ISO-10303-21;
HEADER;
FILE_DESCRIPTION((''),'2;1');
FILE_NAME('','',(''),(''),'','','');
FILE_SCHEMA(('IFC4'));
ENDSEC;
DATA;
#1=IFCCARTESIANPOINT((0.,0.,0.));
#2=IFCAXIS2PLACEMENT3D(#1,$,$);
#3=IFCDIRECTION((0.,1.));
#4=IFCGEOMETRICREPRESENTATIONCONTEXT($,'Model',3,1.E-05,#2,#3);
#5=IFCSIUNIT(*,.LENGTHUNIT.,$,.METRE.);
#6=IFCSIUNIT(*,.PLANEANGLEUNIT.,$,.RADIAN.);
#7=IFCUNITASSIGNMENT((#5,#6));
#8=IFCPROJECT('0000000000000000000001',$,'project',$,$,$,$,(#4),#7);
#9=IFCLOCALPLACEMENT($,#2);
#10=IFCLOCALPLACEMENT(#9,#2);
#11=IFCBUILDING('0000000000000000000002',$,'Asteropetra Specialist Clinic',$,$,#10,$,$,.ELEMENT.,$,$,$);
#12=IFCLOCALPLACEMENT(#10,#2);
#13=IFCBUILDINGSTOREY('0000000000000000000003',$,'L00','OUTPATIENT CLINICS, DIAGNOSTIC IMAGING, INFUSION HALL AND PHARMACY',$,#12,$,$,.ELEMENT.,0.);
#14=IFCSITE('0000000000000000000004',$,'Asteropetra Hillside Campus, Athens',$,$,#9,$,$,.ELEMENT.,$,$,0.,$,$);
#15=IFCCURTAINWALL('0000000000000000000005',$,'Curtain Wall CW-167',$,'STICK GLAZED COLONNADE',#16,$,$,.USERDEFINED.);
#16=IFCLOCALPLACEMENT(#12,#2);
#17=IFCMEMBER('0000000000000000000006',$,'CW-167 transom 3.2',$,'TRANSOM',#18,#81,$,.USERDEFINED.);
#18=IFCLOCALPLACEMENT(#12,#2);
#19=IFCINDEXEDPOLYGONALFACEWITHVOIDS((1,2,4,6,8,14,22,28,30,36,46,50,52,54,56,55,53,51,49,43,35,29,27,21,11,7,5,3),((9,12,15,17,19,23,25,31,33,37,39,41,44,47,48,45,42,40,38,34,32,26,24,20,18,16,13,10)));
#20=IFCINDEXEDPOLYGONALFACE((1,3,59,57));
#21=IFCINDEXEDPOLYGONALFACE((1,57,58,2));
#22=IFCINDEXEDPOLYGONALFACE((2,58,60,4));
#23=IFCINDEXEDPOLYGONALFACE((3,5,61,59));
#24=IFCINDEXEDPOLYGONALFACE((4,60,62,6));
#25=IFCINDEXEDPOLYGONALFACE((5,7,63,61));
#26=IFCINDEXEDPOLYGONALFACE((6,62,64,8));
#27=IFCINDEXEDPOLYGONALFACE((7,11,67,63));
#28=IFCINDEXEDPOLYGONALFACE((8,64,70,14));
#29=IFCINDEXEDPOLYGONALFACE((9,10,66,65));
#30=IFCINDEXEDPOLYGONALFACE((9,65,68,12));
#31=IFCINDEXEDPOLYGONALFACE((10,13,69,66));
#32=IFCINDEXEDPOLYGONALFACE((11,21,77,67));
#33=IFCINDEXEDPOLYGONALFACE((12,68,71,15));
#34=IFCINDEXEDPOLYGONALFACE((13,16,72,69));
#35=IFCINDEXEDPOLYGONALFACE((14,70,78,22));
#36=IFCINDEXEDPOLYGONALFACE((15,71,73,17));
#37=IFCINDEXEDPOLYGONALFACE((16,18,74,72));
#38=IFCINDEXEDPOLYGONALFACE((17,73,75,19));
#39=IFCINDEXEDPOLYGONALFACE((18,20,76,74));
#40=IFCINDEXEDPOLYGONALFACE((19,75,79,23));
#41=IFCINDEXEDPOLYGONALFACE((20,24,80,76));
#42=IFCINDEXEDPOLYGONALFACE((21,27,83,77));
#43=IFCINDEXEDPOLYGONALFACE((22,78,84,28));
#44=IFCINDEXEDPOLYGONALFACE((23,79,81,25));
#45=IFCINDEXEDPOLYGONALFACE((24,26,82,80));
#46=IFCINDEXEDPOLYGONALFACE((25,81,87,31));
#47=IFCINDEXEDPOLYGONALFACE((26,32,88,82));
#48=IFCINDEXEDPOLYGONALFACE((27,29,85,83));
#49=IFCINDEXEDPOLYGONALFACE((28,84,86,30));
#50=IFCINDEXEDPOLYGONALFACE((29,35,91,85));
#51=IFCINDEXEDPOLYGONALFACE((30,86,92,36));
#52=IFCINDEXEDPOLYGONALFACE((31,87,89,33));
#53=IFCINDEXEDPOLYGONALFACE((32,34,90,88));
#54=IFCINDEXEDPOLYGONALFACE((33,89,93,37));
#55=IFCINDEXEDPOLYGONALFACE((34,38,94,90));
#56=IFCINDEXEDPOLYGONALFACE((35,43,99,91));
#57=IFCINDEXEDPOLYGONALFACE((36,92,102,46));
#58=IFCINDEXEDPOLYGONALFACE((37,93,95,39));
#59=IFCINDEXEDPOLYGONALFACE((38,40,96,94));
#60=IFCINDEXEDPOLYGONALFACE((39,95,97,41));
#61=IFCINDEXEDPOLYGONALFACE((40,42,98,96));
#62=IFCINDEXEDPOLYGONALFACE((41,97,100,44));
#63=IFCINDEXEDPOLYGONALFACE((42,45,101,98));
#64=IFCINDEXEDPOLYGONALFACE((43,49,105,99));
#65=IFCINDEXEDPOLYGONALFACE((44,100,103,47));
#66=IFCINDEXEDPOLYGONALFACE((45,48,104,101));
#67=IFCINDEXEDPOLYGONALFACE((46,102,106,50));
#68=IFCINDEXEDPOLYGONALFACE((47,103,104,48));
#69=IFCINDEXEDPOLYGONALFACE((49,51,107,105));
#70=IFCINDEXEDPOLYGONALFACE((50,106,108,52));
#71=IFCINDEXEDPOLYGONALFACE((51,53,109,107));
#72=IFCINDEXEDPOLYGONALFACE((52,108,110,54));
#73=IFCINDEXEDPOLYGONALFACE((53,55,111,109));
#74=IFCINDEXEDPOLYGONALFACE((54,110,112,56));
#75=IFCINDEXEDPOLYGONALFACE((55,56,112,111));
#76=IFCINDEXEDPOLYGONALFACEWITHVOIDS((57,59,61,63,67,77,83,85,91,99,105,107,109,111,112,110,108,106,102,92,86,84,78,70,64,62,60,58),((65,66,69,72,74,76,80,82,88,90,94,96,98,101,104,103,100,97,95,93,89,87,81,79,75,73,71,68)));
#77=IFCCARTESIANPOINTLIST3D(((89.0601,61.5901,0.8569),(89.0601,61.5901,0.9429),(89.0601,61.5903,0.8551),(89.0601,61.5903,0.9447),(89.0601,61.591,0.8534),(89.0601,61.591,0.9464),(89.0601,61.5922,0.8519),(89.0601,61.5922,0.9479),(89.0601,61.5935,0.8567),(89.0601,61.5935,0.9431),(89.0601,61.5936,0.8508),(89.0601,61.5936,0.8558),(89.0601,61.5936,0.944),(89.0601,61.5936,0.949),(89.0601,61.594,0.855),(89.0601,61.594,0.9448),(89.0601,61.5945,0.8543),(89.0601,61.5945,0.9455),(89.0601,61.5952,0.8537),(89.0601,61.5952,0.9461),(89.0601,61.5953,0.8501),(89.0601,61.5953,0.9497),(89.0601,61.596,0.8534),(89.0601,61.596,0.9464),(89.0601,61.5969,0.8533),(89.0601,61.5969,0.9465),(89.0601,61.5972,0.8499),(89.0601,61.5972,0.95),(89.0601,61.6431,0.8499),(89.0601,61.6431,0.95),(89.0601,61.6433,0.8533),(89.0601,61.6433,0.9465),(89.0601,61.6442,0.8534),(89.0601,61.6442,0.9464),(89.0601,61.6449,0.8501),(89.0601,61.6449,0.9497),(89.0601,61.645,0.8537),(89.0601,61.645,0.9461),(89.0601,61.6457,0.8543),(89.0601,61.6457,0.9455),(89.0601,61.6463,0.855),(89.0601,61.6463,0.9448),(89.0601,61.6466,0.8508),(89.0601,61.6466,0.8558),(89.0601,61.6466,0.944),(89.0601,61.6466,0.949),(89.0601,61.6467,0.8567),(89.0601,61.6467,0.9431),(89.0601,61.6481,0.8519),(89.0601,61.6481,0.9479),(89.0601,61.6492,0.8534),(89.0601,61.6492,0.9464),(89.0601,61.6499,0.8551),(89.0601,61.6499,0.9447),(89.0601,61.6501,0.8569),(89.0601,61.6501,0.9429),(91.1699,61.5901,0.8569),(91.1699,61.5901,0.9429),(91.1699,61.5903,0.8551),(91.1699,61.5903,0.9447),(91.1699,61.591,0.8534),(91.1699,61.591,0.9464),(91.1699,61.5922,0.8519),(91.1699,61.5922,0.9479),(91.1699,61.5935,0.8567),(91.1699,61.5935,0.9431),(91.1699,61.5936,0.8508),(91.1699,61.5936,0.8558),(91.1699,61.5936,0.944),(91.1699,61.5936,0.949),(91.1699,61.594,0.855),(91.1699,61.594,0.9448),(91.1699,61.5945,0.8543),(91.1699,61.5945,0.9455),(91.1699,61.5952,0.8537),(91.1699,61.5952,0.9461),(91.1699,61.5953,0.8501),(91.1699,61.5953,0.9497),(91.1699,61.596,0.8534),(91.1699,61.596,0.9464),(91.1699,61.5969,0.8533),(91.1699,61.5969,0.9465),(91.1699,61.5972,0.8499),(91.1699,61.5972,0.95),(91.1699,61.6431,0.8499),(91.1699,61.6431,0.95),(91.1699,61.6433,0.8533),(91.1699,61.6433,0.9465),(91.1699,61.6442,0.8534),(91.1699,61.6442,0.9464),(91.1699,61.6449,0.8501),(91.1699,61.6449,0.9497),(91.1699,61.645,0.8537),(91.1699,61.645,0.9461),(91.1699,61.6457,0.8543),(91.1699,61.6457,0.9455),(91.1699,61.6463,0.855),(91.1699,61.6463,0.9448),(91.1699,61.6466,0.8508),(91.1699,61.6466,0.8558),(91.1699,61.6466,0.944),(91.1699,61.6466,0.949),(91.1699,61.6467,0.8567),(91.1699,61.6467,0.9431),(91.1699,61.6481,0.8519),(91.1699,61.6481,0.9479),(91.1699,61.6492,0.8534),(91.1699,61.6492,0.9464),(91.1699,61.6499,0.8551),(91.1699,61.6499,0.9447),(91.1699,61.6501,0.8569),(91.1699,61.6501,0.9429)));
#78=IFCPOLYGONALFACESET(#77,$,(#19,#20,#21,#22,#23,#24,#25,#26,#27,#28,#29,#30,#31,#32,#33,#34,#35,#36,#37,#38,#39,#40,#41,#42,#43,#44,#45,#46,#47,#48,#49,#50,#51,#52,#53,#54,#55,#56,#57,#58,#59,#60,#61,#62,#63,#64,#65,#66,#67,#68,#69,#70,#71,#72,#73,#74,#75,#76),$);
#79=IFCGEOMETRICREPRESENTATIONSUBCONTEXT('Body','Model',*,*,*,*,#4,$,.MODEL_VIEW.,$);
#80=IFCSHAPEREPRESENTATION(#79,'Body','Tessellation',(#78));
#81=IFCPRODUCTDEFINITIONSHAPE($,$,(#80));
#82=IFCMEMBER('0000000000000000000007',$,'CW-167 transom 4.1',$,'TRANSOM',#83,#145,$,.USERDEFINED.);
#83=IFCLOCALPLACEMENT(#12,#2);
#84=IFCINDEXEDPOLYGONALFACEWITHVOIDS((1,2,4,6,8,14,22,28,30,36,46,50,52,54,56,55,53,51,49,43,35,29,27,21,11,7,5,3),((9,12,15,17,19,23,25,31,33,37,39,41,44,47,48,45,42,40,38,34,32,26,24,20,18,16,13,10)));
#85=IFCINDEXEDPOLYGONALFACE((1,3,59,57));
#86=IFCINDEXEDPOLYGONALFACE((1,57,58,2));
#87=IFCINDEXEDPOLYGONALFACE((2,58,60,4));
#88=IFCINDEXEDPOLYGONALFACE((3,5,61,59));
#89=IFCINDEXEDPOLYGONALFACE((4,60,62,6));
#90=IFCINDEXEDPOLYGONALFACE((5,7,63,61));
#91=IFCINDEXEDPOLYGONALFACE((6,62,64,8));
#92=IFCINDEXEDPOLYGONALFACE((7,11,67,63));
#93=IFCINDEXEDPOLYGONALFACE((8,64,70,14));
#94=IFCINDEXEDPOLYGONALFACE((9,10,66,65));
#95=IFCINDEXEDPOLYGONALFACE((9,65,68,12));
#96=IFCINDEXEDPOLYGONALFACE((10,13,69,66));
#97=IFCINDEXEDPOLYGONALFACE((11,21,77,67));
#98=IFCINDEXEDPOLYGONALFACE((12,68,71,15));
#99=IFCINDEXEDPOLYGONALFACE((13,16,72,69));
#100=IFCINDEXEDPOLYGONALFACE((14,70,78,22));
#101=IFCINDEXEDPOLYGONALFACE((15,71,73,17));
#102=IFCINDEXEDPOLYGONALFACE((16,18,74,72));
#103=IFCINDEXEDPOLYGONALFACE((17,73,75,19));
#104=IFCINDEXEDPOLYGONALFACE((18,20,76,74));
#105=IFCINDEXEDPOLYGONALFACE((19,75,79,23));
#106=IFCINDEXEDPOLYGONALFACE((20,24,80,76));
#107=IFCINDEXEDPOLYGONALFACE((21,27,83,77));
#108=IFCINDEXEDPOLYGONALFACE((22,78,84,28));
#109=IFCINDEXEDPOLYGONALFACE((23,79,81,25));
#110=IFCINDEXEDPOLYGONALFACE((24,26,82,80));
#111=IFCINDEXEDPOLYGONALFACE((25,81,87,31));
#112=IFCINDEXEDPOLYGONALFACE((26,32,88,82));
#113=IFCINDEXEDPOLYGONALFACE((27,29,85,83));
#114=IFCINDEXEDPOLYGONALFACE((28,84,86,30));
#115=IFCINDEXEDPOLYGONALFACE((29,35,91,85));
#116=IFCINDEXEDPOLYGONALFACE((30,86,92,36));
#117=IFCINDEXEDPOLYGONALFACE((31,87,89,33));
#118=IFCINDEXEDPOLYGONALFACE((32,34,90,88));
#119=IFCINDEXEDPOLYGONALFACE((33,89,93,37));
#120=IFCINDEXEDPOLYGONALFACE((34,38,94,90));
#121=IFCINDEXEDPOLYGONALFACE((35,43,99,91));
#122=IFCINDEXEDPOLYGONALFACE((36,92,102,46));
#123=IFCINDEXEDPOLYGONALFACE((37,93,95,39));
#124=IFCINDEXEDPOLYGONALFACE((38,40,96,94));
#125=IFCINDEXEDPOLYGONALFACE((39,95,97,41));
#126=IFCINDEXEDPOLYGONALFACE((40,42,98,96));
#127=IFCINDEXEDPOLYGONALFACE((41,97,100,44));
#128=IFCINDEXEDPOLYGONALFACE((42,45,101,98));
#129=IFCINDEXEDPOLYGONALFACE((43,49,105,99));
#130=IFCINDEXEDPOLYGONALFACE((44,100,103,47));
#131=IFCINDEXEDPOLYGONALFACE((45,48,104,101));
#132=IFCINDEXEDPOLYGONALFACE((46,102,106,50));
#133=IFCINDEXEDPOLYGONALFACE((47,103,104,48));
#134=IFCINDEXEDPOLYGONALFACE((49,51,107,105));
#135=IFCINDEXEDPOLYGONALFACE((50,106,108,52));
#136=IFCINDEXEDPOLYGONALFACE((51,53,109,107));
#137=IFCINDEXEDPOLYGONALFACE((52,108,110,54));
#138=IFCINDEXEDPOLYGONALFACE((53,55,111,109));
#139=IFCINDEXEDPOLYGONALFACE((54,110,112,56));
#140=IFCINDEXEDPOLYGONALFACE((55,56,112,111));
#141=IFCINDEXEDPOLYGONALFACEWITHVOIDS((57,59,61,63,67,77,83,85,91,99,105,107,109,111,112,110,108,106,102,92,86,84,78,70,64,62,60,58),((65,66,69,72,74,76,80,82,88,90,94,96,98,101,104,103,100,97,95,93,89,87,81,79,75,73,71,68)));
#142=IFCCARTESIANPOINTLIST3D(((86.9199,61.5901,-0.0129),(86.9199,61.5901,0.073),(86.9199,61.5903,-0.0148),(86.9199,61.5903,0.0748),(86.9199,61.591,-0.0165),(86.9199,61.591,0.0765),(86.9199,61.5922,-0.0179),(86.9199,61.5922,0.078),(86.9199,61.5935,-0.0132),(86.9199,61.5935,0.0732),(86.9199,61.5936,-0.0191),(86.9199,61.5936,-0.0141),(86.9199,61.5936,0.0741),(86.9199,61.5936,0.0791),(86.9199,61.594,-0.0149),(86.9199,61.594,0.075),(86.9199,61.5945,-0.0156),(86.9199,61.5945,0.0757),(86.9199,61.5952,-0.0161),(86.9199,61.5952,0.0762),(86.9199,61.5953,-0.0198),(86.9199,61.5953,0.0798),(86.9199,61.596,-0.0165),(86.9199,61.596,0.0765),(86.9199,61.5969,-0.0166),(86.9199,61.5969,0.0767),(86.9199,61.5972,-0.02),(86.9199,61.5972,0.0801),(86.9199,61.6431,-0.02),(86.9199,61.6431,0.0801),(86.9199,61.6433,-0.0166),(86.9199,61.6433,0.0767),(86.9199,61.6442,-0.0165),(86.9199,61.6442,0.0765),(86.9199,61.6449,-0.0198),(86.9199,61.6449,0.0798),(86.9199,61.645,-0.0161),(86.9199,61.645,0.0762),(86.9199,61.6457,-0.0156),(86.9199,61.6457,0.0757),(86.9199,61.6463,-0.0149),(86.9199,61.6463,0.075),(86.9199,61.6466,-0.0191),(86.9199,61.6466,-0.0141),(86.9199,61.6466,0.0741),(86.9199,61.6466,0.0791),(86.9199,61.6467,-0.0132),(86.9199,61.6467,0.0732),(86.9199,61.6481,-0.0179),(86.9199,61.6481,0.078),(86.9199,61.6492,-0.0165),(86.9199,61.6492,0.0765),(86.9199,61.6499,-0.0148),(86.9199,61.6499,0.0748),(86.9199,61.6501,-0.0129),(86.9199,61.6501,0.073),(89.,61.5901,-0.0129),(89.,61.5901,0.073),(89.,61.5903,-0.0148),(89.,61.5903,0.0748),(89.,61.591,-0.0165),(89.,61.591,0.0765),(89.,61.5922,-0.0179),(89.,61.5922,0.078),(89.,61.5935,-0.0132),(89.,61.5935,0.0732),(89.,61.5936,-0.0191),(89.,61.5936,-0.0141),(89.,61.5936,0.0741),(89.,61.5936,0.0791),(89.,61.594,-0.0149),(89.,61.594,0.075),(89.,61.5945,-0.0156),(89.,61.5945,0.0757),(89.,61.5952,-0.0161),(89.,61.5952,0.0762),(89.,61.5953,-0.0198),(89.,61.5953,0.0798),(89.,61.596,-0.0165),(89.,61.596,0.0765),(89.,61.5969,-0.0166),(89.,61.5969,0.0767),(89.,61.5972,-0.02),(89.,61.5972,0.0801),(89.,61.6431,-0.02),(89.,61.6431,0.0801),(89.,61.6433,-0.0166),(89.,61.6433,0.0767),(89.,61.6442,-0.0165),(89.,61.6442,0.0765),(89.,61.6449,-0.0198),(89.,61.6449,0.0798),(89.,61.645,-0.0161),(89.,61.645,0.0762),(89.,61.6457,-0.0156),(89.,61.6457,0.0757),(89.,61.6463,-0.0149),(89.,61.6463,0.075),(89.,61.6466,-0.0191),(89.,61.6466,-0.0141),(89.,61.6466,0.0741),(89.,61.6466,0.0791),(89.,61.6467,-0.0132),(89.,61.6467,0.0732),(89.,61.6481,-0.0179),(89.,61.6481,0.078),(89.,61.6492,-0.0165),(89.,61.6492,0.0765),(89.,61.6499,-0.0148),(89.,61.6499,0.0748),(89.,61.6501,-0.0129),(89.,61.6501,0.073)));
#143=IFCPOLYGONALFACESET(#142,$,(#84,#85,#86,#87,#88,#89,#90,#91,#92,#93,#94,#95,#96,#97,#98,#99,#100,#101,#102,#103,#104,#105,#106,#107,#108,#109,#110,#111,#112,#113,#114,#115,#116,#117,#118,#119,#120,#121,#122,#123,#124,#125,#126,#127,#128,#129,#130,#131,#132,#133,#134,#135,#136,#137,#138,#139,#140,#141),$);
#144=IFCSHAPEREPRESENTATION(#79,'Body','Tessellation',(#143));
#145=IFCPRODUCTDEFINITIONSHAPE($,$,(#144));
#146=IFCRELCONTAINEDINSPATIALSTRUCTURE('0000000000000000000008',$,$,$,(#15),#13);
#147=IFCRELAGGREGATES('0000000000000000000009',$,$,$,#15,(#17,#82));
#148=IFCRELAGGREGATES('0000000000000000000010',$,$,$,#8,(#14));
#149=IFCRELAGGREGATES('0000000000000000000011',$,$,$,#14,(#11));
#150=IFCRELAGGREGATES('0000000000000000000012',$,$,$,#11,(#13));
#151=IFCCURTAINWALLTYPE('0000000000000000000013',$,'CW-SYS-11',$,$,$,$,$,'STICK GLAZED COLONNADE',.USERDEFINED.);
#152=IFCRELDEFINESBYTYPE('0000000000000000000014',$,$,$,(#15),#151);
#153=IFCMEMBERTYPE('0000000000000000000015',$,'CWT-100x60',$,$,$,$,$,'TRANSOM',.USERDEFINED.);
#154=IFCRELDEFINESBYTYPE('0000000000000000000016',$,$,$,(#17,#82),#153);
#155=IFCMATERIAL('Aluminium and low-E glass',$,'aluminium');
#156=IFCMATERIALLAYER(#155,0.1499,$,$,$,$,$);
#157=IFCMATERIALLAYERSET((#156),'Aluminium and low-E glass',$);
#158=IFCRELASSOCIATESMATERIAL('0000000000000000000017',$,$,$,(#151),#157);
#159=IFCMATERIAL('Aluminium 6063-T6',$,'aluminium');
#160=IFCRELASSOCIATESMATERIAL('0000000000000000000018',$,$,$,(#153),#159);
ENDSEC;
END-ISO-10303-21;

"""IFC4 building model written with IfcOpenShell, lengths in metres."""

from ifc_helpers import new_model, si_unit, direction, frame, origin, origin_2d, place, context, subcontext, project, spatial, hollow_rectangle, extrude, material, layer, layer_set, material_profile, profile_set, type_object, element, aggregate, save


model = new_model("IFC4")

# Units and contexts
model_context = context("Model", 3, precision=1e-05, world=origin(), true_north=direction((0.0, 1.0)))
body_context = subcontext(model_context, "Body", "Model", "MODEL_VIEW")
ifc_project = project(units=[si_unit("LENGTHUNIT", "METRE"), si_unit("PLANEANGLEUNIT", "RADIAN")], contexts=[model_context])

# Site, building, storey
site_placement = place(None, origin())
site = spatial("IfcSite", under=ifc_project, at=site_placement, Name="Asteropetra Hillside Campus, Athens", CompositionType="ELEMENT", RefElevation=0.0)
building_placement = place(site_placement, origin())
building = spatial("IfcBuilding", under=site, at=building_placement, Name="Asteropetra Specialist Clinic", CompositionType="ELEMENT")
storey_placement = place(building_placement, origin())
storey = spatial("IfcBuildingStorey", under=building, at=storey_placement, Name="L00", Description="OUTPATIENT CLINICS, DIAGNOSTIC IMAGING, INFUSION HALL AND PHARMACY", CompositionType="ELEMENT", Elevation=0.0)

# Curtain wall
ifc_material_1 = material(Name="Aluminium and low-E glass", Category="aluminium")
ifc_layer_1 = layer(ifc_material_1, 0.1499)
ifc_layer_set_1 = layer_set([ifc_layer_1], Name="Aluminium and low-E glass")
curtain_wall_type_1 = type_object("IfcCurtainWallType", Name="CW-SYS-11", ElementType="STICK GLAZED COLONNADE", PredefinedType="USERDEFINED", material=ifc_layer_set_1)
curtain_wall_1_placement = place(storey_placement, origin())
curtain_wall_1 = element("IfcCurtainWall", 1, at=curtain_wall_1_placement, inside=storey, type_object=curtain_wall_type_1, Name="Curtain Wall CW-167", ObjectType="STICK GLAZED COLONNADE", PredefinedType="USERDEFINED")

# Members
ifc_material_2 = material(Name="Aluminium 6063-T6", Category="aluminium")
ifc_material_profile_1 = material_profile(ifc_material_2, hollow_rectangle(XDim=0.0601, YDim=0.1001, WallThickness=0.0034, InnerFilletRadius=0.0034, OuterFilletRadius=0.0071, at=origin_2d()), Name="TRN 100x60x3.5")
ifc_profile_set_1 = profile_set([ifc_material_profile_1], Name="Aluminium 6063-T6")
member_type_1 = type_object("IfcMemberType", Name="CWT-100x60", ElementType="TRANSOM", PredefinedType="USERDEFINED", material=ifc_profile_set_1)
member_1_placement = place(storey_placement, frame((91.1699, 61.6201, 0.8999), z_axis=(-1.0, 0.0, 0.0), x_axis=(0.0, -1.0, 0.0)))
member_1 = element("IfcMember", 2, at=member_1_placement, type_object=member_type_1, Name="CW-167 transom 3.2", ObjectType="TRANSOM", PredefinedType="USERDEFINED", context=body_context, shape_type="SweptSolid", body=[
    extrude(hollow_rectangle(XDim=0.0601, YDim=0.1001, WallThickness=0.0034, InnerFilletRadius=0.0034, OuterFilletRadius=0.0071, at=origin_2d()), origin(), (0.0, 0.0, 1.0), 2.1099),
])
member_2_placement = place(storey_placement, frame((89.0, 61.6201, 0.03), z_axis=(-1.0, 0.0, 0.0), x_axis=(0.0, -1.0, 0.0)))
member_2 = element("IfcMember", 3, at=member_2_placement, type_object=member_type_1, Name="CW-167 transom 4.1", ObjectType="TRANSOM", PredefinedType="USERDEFINED", context=body_context, shape_type="SweptSolid", body=[
    extrude(hollow_rectangle(XDim=0.0601, YDim=0.1001, WallThickness=0.0034, InnerFilletRadius=0.0034, OuterFilletRadius=0.0071, at=origin_2d()), origin(), (0.0, 0.0, 1.0), 2.0801),
])

aggregate(curtain_wall_1, [member_1, member_2])

save(model, "model.ifc")
